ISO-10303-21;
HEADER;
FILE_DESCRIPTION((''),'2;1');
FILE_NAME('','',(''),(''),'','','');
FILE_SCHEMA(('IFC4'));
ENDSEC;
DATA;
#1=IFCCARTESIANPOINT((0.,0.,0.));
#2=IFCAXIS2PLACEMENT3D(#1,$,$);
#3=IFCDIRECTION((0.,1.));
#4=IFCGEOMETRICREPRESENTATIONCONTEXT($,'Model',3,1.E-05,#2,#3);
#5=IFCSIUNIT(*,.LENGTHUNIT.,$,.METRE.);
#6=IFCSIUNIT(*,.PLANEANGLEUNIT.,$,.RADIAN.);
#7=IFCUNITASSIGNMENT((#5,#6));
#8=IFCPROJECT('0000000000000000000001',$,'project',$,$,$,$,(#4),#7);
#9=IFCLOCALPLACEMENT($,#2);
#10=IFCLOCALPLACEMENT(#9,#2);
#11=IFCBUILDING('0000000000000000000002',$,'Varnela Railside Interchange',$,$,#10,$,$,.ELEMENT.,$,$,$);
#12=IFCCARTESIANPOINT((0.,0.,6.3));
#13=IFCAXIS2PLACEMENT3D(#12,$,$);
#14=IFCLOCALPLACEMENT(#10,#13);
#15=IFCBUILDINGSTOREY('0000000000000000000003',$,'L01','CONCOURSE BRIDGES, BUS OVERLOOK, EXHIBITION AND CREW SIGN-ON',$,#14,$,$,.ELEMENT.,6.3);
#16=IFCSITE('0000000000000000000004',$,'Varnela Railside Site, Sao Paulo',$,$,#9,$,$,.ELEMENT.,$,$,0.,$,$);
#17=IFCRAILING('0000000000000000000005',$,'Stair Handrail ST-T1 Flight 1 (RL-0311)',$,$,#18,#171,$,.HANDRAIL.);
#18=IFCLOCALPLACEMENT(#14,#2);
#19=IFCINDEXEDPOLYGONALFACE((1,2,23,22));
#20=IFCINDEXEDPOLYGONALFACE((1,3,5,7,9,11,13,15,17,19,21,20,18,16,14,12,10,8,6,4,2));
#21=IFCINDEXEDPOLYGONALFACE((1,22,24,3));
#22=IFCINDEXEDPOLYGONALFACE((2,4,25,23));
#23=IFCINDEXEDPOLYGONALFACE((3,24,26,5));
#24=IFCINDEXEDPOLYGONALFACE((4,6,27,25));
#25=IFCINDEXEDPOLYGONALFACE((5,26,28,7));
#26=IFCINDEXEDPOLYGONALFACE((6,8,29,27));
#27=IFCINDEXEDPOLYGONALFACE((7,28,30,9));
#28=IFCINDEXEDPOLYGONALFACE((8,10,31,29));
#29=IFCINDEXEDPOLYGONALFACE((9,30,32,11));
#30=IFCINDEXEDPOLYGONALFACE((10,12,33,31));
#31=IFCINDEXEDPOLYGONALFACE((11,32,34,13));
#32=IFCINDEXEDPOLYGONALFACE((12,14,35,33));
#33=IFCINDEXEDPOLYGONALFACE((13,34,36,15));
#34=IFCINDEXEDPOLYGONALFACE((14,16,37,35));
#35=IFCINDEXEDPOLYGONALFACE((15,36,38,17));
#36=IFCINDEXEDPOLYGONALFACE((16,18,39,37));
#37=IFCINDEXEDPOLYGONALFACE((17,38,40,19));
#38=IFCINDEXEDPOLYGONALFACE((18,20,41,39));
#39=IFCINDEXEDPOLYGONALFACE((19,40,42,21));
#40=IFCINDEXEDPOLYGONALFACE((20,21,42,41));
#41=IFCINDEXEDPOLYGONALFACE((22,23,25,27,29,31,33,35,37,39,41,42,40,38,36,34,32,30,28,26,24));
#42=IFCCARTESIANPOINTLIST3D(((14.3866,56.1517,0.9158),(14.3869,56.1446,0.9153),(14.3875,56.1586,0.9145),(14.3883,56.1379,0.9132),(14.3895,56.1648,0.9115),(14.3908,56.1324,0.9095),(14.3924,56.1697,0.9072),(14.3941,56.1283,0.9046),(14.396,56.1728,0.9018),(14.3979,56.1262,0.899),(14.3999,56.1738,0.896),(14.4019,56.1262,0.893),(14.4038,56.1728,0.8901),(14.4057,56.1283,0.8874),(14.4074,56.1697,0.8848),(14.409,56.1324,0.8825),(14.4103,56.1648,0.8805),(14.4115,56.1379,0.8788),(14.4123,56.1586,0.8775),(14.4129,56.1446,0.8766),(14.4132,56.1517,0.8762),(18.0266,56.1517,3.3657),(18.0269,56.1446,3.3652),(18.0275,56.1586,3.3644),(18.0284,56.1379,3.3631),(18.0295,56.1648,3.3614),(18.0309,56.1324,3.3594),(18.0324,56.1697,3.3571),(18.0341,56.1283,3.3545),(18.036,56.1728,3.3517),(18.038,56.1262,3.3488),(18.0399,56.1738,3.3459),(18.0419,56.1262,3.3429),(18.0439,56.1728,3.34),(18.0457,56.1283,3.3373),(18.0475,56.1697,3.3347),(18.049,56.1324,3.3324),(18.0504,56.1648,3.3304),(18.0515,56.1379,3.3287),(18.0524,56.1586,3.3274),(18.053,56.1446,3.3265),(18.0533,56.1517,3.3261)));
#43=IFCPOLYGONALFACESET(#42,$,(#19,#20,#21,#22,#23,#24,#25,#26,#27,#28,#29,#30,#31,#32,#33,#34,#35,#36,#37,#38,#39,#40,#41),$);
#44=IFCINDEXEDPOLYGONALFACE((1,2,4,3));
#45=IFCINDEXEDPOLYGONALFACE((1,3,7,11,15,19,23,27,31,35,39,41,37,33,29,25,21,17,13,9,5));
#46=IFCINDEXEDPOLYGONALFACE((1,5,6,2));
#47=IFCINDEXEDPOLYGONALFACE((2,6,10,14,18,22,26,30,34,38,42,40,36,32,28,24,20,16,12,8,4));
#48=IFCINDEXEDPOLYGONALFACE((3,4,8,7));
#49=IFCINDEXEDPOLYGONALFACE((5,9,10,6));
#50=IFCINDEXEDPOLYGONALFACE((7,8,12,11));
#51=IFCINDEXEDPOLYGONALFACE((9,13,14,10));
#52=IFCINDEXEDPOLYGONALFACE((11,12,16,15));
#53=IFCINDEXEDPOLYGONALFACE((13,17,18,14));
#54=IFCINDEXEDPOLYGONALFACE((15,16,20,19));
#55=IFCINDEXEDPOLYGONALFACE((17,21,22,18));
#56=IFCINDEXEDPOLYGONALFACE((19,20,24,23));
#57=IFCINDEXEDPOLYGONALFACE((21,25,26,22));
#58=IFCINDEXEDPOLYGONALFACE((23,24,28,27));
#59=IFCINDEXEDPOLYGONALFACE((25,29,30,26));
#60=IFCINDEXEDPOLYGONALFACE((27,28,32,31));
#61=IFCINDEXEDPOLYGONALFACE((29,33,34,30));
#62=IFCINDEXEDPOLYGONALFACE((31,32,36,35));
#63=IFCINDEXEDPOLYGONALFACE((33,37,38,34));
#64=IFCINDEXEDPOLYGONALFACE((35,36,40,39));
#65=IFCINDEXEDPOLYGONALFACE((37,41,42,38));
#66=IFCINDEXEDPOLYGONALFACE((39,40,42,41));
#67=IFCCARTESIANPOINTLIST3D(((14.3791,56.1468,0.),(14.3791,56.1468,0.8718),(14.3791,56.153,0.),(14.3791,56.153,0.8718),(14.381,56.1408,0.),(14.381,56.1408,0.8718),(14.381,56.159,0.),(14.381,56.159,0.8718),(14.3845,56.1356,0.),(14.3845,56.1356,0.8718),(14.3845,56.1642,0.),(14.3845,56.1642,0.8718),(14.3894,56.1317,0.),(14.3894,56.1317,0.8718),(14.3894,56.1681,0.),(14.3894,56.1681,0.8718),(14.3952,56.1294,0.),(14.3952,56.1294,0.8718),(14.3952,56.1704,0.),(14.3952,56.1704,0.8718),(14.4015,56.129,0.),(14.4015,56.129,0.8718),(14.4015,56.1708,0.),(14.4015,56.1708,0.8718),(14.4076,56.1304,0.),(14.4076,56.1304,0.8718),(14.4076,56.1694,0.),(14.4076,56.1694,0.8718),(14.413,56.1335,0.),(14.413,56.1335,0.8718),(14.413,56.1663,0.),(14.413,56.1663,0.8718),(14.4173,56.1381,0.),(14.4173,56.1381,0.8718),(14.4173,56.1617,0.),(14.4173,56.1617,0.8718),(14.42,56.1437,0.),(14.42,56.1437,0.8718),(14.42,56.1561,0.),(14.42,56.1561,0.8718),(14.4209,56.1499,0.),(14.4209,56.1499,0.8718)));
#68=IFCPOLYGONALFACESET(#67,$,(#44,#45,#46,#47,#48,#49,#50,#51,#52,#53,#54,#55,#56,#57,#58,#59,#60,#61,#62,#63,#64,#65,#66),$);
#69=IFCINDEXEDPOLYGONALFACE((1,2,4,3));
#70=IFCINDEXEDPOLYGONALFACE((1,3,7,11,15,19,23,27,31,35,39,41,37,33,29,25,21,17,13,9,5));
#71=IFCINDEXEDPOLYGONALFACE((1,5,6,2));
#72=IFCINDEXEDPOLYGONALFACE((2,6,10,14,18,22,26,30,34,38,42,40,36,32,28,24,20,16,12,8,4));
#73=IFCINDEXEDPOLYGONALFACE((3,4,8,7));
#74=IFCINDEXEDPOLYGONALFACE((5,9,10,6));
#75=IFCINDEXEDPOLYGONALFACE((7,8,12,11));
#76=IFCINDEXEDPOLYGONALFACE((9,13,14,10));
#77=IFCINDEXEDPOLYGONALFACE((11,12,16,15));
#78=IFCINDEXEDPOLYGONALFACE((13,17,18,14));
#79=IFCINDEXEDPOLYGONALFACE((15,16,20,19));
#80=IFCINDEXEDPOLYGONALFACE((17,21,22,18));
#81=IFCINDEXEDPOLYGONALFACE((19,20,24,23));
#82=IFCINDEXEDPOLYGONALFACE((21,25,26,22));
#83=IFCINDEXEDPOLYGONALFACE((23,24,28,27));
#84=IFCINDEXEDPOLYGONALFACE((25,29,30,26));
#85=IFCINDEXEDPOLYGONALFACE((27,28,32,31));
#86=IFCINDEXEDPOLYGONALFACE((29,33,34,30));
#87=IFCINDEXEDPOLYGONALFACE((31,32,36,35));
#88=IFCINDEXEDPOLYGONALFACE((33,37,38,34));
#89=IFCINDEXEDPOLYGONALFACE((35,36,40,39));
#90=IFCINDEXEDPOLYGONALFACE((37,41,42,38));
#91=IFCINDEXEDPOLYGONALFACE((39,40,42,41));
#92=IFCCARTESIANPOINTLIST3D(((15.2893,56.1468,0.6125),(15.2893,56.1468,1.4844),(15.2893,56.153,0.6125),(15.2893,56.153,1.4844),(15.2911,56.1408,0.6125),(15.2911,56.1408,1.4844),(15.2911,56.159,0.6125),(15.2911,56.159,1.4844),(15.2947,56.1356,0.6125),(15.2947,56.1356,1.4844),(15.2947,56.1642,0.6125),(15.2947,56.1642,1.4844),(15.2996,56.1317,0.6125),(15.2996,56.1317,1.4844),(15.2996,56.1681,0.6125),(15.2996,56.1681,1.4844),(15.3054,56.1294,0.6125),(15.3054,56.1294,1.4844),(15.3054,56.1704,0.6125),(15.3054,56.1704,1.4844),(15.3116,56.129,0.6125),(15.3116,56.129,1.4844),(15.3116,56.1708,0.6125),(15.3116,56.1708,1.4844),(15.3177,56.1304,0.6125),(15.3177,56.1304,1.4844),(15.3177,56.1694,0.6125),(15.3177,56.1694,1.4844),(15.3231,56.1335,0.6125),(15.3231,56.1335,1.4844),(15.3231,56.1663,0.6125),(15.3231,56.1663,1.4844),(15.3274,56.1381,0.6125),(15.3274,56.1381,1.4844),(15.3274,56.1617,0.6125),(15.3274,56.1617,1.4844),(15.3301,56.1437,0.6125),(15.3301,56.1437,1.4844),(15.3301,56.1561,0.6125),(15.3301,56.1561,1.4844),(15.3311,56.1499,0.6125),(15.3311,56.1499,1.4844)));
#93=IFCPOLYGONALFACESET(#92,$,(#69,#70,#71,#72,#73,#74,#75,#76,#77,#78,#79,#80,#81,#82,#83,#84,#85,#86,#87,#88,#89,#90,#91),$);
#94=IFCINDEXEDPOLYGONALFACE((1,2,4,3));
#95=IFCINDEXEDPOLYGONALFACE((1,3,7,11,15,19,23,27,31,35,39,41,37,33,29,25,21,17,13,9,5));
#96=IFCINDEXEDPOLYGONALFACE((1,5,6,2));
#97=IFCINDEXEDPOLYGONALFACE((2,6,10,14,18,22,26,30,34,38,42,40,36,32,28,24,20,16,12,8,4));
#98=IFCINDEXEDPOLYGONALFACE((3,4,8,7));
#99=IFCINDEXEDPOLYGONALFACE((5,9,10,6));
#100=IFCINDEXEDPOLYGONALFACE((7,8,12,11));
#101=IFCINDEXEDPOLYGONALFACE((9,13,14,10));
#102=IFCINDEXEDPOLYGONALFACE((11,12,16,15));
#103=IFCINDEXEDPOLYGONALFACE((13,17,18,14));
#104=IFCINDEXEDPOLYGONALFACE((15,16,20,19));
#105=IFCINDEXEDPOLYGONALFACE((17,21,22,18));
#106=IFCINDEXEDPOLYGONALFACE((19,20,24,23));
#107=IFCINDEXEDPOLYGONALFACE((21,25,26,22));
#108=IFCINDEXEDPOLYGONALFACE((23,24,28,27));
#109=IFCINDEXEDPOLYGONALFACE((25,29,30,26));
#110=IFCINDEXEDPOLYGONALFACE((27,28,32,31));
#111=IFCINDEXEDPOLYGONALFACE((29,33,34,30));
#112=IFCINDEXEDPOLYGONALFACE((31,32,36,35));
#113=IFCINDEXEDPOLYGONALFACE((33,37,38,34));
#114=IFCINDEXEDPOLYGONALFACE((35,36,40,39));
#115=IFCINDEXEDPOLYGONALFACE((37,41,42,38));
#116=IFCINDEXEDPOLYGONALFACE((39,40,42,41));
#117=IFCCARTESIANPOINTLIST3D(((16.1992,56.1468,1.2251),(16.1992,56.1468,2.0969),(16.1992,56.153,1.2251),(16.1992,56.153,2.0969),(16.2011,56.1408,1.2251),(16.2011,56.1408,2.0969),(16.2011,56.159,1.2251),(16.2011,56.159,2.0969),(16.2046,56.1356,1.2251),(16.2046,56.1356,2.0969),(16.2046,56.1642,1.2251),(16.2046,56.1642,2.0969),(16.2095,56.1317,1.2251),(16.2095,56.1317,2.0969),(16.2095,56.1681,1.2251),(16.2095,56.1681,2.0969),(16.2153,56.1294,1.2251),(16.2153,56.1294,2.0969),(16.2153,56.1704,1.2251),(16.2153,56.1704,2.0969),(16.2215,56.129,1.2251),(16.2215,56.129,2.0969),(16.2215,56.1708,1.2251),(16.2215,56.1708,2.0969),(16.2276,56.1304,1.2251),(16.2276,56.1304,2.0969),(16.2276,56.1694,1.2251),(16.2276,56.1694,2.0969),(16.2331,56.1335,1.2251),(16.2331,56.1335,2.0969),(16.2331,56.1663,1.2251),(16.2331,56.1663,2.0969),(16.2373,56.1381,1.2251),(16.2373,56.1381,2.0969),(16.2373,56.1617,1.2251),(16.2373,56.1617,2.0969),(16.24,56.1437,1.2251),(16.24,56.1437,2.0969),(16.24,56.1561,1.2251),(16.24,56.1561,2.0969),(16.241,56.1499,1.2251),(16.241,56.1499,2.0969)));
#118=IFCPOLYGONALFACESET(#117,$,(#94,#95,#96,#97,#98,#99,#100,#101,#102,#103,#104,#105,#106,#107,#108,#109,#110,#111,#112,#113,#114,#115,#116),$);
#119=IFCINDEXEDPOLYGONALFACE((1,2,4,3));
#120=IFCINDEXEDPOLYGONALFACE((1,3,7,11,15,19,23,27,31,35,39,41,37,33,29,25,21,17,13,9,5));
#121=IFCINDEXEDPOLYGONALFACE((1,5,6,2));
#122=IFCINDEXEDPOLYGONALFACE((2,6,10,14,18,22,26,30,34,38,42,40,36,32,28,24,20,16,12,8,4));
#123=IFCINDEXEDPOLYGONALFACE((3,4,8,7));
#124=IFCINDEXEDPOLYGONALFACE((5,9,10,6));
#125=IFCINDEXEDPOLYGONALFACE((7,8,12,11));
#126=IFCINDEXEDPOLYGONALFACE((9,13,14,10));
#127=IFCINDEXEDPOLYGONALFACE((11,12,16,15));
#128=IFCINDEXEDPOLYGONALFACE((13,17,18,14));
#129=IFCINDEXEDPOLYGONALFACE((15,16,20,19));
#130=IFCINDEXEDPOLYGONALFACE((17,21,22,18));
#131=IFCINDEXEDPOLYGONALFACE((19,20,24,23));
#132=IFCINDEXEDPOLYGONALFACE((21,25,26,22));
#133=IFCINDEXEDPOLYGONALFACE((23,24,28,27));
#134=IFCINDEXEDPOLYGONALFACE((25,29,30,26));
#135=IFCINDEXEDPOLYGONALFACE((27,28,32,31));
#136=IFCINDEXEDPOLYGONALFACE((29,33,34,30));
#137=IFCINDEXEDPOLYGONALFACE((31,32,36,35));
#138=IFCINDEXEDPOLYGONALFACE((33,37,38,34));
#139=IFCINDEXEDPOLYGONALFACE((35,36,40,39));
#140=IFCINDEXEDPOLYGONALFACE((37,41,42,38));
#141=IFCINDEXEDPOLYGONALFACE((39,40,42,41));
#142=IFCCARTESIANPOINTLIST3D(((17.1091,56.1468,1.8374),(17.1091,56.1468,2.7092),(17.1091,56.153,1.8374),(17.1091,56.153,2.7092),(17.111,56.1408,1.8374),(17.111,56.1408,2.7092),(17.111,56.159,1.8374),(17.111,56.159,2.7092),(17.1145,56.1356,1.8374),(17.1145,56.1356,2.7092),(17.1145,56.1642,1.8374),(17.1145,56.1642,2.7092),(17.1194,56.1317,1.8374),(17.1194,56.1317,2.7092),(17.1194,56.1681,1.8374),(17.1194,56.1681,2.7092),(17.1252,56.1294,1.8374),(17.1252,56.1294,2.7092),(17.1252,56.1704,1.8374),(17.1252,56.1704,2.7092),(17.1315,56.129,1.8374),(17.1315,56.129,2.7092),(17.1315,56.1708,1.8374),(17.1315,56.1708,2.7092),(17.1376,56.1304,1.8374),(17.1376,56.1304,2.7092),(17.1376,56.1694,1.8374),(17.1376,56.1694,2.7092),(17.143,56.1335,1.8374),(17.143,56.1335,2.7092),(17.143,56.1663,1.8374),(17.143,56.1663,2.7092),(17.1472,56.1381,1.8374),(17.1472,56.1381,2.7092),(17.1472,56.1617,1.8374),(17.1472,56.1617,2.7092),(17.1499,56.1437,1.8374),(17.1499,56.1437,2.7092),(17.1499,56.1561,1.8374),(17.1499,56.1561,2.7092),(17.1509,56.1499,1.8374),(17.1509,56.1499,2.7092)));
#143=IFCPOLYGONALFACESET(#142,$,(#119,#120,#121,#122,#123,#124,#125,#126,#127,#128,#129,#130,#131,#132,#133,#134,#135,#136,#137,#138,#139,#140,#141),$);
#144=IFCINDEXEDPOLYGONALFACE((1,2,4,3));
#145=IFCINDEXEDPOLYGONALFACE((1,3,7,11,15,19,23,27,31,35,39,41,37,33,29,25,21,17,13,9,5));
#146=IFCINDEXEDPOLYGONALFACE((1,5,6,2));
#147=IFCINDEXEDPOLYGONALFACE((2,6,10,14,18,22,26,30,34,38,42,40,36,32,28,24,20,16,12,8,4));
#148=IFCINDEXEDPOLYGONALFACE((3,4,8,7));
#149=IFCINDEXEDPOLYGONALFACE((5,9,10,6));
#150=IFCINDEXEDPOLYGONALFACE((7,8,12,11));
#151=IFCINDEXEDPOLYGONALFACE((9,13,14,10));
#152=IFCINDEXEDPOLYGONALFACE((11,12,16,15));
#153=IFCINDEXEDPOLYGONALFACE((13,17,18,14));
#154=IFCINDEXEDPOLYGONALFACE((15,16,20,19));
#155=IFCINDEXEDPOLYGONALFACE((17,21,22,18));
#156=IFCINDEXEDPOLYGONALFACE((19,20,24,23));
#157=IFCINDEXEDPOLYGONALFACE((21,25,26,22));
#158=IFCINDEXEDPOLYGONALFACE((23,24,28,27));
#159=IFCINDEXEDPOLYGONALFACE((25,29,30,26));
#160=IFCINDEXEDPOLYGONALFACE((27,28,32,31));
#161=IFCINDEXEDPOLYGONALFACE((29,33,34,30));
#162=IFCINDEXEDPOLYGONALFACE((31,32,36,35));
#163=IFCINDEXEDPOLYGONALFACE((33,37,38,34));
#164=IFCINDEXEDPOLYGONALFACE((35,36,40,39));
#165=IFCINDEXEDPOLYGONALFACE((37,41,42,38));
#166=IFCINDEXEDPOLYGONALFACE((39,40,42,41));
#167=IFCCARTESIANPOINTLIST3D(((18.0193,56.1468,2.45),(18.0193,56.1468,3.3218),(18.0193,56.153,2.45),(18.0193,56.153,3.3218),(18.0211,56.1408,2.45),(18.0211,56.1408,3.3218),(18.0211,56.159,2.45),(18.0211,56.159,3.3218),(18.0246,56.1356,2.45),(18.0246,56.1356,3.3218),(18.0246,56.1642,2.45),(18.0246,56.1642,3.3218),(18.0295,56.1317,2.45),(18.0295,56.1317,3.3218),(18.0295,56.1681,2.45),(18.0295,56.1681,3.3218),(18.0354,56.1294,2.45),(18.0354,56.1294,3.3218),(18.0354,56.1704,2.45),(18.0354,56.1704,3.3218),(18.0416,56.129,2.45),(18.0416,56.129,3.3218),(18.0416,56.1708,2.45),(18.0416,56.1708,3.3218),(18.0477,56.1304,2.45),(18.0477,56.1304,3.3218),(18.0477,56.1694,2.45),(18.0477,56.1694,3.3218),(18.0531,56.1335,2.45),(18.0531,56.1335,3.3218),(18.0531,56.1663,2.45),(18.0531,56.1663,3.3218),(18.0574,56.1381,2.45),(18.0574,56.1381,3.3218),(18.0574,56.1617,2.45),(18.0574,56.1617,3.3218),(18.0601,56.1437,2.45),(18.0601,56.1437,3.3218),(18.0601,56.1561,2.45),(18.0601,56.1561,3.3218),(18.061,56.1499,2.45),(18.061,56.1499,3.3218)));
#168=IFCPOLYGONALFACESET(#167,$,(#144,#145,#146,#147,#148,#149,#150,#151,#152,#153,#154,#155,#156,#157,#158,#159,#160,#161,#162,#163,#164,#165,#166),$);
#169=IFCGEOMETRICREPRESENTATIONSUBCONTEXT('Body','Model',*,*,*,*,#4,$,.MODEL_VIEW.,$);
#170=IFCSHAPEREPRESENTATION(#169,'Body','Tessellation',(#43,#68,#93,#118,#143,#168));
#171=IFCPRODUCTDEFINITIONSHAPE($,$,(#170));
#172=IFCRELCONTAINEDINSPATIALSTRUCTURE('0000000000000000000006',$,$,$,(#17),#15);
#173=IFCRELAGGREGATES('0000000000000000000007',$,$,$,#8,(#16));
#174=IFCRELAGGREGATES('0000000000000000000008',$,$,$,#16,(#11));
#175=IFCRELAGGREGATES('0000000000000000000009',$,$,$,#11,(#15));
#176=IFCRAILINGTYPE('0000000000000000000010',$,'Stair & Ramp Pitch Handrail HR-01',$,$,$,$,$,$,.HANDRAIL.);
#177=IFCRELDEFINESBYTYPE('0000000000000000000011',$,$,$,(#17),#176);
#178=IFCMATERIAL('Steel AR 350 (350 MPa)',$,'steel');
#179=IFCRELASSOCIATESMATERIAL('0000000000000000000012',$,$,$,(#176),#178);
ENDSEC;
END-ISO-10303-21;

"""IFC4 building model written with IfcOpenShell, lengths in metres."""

from ifc_helpers import new_model, si_unit, direction, frame, origin, origin_2d, place, context, subcontext, project, spatial, circle, extrude, material, type_object, element, save


model = new_model("IFC4")

# Units and contexts
model_context = context("Model", 3, precision=1e-05, world=origin(), true_north=direction((0.0, 1.0)))
body_context = subcontext(model_context, "Body", "Model", "MODEL_VIEW")
ifc_project = project(units=[si_unit("LENGTHUNIT", "METRE"), si_unit("PLANEANGLEUNIT", "RADIAN")], contexts=[model_context])

# Site, building, storey
site_placement = place(None, origin())
site = spatial("IfcSite", under=ifc_project, at=site_placement, Name="Varnela Railside Site, Sao Paulo", CompositionType="ELEMENT", RefElevation=0.0)
building_placement = place(site_placement, origin())
building = spatial("IfcBuilding", under=site, at=building_placement, Name="Varnela Railside Interchange", CompositionType="ELEMENT")
storey_placement = place(building_placement, frame((0.0, 0.0, 6.3)))
storey = spatial("IfcBuildingStorey", under=building, at=storey_placement, Name="L01", Description="CONCOURSE BRIDGES, BUS OVERLOOK, EXHIBITION AND CREW SIGN-ON", CompositionType="ELEMENT", Elevation=6.3)

# Railing
ifc_material_1 = material(Name="Steel AR 350 (350 MPa)", Category="steel")
railing_type_1 = type_object("IfcRailingType", Name="Stair & Ramp Pitch Handrail HR-01", PredefinedType="HANDRAIL", material=ifc_material_1)
railing_1_placement = place(storey_placement, frame((14.3999, 56.1499, 0.0)))
element("IfcRailing", 1, at=railing_1_placement, inside=storey, type_object=railing_type_1, Name="Stair Handrail ST-T1 Flight 1 (RL-0311)", PredefinedType="HANDRAIL", context=body_context, shape_type="SweptSolid", body=[
    extrude(circle(Radius=0.0239, at=origin_2d()), frame((0.0, 0.0, 0.896), z_axis=(0.829603, 0.0, 0.558354), x_axis=(0.0, 1.0, 0.0)), (0.0, 0.0, 1.0), 4.3877),
    extrude(circle(Radius=0.021, at=origin_2d()), origin(), (0.0, 0.0, 1.0), 0.8718),
    extrude(circle(Radius=0.021, at=origin_2d()), frame((0.9102, 0.0, 0.6125)), (0.0, 0.0, 1.0), 0.8718),
    extrude(circle(Radius=0.021, at=origin_2d()), frame((1.8201, 0.0, 1.2251)), (0.0, 0.0, 1.0), 0.8718),
    extrude(circle(Radius=0.021, at=origin_2d()), frame((2.73, 0.0, 1.8374)), (0.0, 0.0, 1.0), 0.8718),
    extrude(circle(Radius=0.021, at=origin_2d()), frame((3.6401, 0.0, 2.45)), (0.0, 0.0, 1.0), 0.8718),
])

save(model, "model.ifc")
